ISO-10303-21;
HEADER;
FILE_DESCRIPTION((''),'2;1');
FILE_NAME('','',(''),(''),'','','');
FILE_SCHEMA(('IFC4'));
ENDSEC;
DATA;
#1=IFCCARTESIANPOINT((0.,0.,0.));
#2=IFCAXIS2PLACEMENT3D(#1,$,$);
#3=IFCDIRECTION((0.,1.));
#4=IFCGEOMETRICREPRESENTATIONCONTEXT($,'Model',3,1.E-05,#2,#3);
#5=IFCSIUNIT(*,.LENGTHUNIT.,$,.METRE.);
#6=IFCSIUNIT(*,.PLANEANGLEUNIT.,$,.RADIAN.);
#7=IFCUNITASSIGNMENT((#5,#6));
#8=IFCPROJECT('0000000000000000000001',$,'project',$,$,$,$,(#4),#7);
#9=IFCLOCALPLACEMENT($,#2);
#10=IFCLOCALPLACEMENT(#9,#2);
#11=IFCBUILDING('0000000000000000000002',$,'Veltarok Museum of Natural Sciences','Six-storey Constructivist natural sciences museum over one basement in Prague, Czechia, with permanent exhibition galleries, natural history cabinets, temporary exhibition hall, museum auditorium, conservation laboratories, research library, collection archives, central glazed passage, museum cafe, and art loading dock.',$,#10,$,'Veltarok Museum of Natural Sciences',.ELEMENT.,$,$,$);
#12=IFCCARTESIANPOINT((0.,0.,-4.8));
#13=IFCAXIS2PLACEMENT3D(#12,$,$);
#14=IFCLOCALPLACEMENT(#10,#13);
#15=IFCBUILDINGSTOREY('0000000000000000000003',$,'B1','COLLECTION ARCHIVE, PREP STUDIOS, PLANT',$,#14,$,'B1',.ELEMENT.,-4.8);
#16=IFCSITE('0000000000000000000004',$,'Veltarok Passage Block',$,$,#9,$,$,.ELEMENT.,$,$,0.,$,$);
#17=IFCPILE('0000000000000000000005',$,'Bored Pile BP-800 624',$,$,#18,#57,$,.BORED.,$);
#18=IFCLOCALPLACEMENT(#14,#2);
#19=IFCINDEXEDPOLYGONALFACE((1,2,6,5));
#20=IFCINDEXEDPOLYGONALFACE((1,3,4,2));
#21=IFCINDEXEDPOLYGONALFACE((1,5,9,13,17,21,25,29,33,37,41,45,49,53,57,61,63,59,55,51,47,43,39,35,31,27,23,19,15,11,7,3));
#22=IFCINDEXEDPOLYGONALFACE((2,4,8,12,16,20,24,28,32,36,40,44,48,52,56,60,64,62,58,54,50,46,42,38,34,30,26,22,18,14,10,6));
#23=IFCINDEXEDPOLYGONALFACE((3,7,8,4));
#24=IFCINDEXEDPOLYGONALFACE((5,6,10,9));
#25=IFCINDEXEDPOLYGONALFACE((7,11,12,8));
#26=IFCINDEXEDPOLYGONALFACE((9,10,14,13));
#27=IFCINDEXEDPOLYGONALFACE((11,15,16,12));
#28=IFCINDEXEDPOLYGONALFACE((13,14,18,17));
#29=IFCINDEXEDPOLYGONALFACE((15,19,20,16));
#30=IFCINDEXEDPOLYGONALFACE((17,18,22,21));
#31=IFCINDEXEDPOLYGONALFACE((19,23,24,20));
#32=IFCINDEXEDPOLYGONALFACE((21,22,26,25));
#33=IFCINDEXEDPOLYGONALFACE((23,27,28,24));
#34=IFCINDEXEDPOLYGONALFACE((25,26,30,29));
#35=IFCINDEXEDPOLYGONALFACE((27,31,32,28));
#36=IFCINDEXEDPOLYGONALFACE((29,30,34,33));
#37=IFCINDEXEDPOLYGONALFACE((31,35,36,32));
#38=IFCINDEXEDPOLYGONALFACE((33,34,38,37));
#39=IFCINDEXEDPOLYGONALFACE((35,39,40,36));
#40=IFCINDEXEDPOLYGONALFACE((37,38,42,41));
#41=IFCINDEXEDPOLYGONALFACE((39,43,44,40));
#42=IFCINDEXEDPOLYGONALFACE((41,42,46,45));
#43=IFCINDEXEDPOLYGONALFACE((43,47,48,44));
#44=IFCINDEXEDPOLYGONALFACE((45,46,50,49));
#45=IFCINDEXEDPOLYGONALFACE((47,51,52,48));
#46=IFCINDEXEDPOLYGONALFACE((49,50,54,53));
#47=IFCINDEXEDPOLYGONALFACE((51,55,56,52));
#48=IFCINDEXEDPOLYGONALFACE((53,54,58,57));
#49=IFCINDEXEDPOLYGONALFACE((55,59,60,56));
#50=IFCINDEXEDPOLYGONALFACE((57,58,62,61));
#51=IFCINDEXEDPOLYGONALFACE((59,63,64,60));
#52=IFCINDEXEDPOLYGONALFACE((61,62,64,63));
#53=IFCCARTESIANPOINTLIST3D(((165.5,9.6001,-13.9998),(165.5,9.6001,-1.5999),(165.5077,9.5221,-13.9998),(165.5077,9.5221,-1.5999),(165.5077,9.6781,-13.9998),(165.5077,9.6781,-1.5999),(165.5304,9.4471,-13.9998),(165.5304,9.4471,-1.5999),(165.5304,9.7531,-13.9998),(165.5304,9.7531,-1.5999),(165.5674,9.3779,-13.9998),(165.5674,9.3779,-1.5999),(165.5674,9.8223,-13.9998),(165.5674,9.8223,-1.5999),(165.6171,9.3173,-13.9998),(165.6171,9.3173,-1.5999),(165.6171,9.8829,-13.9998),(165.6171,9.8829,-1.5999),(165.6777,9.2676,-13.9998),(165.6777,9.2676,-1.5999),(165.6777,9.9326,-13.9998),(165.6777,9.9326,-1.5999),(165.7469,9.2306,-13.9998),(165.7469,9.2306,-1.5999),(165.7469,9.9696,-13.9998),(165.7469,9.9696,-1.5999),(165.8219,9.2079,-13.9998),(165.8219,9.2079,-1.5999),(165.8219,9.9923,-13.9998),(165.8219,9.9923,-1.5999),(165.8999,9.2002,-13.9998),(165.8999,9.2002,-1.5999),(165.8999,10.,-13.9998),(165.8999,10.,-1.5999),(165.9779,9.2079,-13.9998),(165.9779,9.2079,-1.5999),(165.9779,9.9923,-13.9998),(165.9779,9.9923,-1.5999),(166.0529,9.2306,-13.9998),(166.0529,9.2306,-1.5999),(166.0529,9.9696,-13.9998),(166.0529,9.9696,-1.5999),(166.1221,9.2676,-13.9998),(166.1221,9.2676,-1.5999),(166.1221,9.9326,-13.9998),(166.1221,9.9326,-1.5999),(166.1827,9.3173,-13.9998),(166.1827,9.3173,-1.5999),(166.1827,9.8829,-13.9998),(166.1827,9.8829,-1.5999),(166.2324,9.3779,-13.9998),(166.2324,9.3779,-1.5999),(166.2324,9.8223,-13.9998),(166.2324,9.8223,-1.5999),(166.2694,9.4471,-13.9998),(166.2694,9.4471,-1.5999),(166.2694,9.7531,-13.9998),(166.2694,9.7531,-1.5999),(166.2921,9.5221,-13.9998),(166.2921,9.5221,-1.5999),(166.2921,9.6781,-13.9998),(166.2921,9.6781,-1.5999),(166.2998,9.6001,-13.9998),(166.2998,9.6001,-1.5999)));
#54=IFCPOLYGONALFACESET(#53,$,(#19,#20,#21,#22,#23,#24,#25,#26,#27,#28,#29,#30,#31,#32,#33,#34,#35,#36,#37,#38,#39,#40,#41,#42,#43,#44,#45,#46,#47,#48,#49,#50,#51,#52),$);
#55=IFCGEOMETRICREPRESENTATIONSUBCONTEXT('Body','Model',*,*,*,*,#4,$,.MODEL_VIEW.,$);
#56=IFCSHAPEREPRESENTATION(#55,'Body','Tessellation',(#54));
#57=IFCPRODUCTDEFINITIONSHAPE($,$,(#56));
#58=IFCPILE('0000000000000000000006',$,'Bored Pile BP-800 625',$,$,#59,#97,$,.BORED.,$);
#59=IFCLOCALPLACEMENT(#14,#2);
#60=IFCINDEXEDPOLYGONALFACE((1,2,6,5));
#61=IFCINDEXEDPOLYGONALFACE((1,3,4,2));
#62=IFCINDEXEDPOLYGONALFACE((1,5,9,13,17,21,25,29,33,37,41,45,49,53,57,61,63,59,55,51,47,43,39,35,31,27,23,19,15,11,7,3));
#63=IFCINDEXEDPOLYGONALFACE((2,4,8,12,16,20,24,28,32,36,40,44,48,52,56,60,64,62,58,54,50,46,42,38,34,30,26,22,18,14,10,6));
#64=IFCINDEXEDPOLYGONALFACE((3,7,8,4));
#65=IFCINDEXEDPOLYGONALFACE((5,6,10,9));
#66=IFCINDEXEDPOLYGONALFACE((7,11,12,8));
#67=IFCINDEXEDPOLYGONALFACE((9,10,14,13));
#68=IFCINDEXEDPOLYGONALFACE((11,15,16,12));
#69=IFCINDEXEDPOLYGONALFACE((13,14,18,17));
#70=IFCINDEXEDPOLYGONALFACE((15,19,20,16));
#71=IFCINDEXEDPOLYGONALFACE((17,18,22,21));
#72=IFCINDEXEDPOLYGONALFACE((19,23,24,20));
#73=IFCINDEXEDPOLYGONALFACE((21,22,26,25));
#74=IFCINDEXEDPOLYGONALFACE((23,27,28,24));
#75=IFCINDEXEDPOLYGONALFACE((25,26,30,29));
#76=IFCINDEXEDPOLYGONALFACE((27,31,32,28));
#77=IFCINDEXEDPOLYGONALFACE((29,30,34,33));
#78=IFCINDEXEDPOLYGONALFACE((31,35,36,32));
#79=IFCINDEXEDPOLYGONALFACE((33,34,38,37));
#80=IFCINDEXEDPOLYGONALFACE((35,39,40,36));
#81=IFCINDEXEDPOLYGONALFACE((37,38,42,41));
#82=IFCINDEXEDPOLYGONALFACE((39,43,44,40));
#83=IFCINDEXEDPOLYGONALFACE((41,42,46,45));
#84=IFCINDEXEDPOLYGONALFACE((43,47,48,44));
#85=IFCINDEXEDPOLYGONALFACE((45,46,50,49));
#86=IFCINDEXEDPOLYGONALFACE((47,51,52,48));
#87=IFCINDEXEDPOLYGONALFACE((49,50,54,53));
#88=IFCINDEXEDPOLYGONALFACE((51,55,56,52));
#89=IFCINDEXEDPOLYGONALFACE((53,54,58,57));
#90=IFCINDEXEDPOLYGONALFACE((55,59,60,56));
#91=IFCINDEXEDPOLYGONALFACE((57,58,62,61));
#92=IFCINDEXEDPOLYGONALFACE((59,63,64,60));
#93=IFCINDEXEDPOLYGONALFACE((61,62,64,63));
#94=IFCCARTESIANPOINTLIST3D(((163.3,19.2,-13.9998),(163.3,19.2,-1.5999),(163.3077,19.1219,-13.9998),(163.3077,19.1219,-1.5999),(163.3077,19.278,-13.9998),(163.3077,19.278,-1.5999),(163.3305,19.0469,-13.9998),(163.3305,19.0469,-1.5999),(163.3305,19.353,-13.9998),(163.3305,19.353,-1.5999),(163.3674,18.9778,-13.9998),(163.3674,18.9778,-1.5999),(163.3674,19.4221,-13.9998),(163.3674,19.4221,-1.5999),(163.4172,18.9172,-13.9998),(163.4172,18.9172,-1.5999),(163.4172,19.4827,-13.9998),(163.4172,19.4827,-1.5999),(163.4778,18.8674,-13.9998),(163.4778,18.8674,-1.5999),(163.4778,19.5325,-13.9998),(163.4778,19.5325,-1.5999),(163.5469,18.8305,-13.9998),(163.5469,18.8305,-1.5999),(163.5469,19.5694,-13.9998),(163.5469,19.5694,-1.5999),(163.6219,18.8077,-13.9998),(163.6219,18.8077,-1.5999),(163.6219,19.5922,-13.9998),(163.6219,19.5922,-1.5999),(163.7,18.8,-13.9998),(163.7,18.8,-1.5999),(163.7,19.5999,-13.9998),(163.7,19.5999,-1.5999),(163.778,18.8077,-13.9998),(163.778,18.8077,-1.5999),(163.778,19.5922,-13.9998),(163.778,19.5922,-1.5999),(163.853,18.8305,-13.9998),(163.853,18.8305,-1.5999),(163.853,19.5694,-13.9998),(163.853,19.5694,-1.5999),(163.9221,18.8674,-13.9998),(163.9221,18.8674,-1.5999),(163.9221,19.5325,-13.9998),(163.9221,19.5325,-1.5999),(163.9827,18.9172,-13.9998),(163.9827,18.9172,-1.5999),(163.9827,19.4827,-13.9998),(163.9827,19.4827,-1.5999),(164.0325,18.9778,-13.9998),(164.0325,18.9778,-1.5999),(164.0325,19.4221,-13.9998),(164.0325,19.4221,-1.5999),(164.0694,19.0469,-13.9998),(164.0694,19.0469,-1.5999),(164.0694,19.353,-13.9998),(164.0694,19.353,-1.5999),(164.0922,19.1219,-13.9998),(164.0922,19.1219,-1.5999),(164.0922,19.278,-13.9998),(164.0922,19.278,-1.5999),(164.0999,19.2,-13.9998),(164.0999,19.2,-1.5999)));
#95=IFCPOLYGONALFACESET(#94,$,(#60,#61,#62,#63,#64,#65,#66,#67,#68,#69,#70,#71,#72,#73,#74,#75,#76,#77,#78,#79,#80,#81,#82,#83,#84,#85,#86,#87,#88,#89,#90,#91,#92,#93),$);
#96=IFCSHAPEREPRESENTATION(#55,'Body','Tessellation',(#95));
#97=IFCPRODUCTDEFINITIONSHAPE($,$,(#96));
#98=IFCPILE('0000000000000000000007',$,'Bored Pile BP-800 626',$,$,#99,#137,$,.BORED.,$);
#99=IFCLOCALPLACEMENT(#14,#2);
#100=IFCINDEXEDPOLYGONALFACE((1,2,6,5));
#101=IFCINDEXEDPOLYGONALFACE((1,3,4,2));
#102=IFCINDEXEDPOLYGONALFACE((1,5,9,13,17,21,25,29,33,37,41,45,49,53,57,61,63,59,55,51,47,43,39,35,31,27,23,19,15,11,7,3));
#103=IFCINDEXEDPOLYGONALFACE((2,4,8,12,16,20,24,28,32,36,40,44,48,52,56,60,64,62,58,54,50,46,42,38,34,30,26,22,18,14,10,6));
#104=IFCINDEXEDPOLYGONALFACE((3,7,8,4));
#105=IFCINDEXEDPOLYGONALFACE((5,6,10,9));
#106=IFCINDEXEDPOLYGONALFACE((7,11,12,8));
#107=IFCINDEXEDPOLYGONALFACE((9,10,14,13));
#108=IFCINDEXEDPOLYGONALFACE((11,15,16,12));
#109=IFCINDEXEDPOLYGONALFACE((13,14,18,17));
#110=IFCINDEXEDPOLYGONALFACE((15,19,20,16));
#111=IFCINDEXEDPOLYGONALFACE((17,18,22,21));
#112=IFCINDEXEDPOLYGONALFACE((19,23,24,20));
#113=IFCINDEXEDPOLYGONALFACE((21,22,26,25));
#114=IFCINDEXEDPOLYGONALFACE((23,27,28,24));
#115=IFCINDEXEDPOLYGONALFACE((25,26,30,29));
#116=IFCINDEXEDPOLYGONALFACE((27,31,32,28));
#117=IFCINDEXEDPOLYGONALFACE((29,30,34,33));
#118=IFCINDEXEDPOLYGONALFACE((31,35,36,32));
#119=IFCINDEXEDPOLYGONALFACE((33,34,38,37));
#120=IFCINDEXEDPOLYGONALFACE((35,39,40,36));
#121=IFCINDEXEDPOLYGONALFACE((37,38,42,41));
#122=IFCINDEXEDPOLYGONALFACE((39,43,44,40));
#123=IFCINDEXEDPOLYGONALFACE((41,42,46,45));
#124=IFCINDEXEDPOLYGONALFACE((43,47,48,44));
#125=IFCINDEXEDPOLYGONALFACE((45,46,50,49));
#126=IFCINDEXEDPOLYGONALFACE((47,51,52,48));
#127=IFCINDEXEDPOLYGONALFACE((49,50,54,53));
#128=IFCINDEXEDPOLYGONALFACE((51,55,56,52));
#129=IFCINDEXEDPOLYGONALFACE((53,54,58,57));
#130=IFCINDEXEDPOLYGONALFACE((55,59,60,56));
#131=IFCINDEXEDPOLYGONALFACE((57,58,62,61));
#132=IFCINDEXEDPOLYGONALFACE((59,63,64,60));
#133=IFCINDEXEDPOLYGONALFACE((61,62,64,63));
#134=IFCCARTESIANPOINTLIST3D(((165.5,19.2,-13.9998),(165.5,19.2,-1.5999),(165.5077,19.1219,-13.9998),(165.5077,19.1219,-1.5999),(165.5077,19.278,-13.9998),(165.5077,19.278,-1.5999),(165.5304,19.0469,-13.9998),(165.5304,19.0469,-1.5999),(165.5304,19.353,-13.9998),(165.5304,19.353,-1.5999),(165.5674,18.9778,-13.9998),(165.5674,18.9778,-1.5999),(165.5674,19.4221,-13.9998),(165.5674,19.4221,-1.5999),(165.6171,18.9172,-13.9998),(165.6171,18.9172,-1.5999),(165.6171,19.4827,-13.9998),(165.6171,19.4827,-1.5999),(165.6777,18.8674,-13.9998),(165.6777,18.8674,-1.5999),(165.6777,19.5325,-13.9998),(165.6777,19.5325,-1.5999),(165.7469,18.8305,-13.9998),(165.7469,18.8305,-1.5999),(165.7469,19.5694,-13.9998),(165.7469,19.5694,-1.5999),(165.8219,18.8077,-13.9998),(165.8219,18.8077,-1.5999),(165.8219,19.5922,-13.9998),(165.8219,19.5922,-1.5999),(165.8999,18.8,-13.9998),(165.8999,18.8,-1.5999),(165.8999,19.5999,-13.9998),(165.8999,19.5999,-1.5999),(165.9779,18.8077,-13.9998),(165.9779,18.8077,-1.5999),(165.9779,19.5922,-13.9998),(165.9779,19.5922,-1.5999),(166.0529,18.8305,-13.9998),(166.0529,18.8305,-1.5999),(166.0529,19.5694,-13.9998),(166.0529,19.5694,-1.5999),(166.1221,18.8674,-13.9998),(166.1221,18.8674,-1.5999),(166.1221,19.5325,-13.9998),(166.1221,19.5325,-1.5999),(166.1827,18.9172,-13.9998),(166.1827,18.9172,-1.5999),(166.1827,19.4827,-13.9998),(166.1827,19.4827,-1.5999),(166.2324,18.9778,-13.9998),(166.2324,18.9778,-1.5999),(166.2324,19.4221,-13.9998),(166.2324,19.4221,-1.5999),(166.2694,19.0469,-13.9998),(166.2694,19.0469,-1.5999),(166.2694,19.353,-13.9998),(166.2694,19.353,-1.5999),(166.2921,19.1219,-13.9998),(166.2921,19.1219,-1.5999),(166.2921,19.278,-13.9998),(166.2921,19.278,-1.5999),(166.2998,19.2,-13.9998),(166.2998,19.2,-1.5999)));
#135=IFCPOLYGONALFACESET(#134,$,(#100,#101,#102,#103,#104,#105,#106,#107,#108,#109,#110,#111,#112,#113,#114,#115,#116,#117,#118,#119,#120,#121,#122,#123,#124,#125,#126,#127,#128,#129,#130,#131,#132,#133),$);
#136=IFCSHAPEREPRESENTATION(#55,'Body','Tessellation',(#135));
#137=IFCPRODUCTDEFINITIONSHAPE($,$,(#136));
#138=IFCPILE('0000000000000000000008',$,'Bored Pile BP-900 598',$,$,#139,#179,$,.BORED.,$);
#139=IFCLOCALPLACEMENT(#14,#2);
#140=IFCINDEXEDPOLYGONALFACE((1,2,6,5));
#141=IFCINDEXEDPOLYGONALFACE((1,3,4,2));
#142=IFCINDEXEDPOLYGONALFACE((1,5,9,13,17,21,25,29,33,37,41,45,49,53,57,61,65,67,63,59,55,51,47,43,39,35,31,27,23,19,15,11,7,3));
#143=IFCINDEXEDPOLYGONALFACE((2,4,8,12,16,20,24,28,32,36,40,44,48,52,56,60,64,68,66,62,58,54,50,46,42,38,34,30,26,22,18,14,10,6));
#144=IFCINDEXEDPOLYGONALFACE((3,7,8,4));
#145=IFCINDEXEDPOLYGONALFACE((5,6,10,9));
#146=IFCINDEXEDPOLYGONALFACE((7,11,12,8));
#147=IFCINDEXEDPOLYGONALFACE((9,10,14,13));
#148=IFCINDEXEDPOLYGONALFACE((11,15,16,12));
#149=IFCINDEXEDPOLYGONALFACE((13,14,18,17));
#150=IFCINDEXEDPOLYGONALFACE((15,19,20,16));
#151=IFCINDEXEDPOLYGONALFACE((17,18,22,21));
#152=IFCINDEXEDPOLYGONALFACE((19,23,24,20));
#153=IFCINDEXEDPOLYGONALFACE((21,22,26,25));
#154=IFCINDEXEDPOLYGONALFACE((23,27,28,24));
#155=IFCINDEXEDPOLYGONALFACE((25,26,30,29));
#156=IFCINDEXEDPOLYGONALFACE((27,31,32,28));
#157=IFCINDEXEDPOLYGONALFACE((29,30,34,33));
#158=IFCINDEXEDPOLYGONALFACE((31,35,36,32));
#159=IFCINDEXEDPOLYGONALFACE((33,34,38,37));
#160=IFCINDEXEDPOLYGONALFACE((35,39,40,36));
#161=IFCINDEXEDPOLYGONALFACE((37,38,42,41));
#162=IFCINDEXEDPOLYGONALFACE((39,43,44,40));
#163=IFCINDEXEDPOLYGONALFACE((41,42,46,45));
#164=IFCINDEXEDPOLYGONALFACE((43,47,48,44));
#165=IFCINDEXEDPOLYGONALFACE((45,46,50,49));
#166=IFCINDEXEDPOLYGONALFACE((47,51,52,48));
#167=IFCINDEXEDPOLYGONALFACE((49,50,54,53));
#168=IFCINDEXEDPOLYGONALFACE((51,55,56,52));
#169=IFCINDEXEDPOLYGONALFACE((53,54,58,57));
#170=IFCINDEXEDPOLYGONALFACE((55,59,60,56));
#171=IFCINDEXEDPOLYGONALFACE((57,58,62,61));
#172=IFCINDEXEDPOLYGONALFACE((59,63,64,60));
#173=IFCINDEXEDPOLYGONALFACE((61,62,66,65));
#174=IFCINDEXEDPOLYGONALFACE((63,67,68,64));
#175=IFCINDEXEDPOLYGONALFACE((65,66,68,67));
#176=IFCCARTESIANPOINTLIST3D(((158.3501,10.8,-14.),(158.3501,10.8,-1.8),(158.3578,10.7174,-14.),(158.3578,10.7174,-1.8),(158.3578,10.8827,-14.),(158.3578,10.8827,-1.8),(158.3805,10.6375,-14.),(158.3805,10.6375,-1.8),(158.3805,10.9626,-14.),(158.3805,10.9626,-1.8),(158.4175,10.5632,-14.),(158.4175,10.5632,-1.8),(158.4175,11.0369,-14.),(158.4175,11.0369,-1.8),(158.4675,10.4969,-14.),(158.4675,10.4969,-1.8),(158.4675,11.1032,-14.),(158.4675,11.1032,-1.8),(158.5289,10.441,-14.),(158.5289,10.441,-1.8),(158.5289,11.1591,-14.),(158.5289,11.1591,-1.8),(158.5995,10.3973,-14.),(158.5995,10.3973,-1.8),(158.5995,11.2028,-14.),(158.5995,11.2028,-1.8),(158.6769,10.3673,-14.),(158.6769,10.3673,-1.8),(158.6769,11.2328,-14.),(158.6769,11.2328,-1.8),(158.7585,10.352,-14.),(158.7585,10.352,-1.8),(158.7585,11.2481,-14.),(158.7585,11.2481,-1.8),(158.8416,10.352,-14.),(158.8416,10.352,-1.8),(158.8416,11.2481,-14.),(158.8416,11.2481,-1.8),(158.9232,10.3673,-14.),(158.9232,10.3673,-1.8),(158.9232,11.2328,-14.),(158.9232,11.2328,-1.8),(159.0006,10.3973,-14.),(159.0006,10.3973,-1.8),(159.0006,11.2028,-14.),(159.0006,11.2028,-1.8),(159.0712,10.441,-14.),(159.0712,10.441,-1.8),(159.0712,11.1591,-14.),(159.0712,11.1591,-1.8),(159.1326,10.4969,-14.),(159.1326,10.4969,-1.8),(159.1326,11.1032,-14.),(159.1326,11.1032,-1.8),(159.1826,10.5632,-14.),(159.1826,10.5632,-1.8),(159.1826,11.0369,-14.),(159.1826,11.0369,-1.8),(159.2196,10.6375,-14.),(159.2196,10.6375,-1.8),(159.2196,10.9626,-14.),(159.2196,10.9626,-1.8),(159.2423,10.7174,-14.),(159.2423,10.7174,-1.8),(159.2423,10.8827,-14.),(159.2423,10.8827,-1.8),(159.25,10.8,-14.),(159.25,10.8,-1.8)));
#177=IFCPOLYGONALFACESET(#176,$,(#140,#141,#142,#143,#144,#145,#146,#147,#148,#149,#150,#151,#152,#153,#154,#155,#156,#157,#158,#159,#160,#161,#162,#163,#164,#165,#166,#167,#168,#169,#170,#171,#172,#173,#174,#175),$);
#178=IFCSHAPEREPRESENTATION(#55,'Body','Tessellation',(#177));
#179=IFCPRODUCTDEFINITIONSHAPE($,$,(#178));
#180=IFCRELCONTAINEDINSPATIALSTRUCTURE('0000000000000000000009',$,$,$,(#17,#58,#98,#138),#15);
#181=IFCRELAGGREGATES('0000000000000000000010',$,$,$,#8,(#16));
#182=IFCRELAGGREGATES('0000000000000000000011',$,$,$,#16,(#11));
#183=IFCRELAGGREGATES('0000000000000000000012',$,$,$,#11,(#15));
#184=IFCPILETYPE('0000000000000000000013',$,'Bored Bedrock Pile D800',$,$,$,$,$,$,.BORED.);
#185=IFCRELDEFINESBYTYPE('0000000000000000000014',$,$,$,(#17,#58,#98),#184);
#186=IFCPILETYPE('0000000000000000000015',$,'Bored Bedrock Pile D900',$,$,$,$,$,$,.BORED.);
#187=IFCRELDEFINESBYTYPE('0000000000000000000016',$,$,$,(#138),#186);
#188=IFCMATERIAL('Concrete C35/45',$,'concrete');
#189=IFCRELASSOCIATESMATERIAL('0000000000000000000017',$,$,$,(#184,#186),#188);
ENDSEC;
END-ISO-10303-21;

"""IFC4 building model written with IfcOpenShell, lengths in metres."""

from ifc_helpers import new_model, si_unit, direction, frame, origin, origin_2d, place, context, subcontext, project, spatial, circle, extrude, material, material_profile, profile_set, type_object, element, save


model = new_model("IFC4")

# Units and contexts
model_context = context("Model", 3, precision=1e-05, world=origin(), true_north=direction((0.0, 1.0)))
body_context = subcontext(model_context, "Body", "Model", "MODEL_VIEW")
ifc_project = project(units=[si_unit("LENGTHUNIT", "METRE"), si_unit("PLANEANGLEUNIT", "RADIAN")], contexts=[model_context])

# Site, building, storey
site_placement = place(None, origin())
site = spatial("IfcSite", under=ifc_project, at=site_placement, Name="Veltarok Passage Block", CompositionType="ELEMENT", RefElevation=0.0)
building_placement = place(site_placement, origin())
building = spatial("IfcBuilding", under=site, at=building_placement, Name="Veltarok Museum of Natural Sciences", Description="Six-storey Constructivist natural sciences museum over one basement in Prague, Czechia, with permanent exhibition galleries, natural history cabinets, temporary exhibition hall, museum auditorium, conservation laboratories, research library, collection archives, central glazed passage, museum cafe, and art loading dock.", LongName="Veltarok Museum of Natural Sciences", CompositionType="ELEMENT")
storey_placement = place(building_placement, frame((0.0, 0.0, -4.8)))
storey = spatial("IfcBuildingStorey", under=building, at=storey_placement, Name="B1", Description="COLLECTION ARCHIVE, PREP STUDIOS, PLANT", LongName="B1", CompositionType="ELEMENT", Elevation=-4.8)

# Piles
ifc_material_1 = material(Name="Concrete C35/45", Category="concrete")
ifc_material_profile_1 = material_profile(ifc_material_1, circle(Radius=0.3999, at=origin_2d()), Name="BP D800")
ifc_profile_set_1 = profile_set([ifc_material_profile_1], Name="Concrete C35/45")
pile_type_1 = type_object("IfcPileType", Name="Bored Bedrock Pile D800", PredefinedType="BORED", material=ifc_profile_set_1)
for number, where, z_axis, x_axis, name in (
    (1, (165.8999, 9.6001, -1.5999), (0.0, 0.0, -1.0), (1.0, 0.0, 0.0), "Bored Pile BP-800 624"),
    (2, (163.7, 19.2, -1.5999), (0.0, 0.0, -1.0), (1.0, 0.0, 0.0), "Bored Pile BP-800 625"),
    (3, (165.8999, 19.2, -1.5999), (0.0, 0.0, -1.0), (1.0, 0.0, 0.0), "Bored Pile BP-800 626"),
):
    element("IfcPile", number, at=place(storey_placement, frame(where, z_axis=z_axis, x_axis=x_axis)), inside=storey, type_object=pile_type_1, Name=name, PredefinedType="BORED", context=body_context, shape_type="SweptSolid", body=[
        extrude(circle(Radius=0.3999, at=origin_2d()), origin(), (0.0, 0.0, 1.0), 12.3999),
    ])
ifc_material_profile_2 = material_profile(ifc_material_1, circle(Radius=0.45, at=origin_2d()), Name="BP D900")
ifc_profile_set_2 = profile_set([ifc_material_profile_2], Name="Concrete C35/45")
pile_type_2 = type_object("IfcPileType", Name="Bored Bedrock Pile D900", PredefinedType="BORED", material=ifc_profile_set_2)
for number, where, z_axis, x_axis, name in (
    (4, (158.8, 10.8, -1.8), (0.0, 0.0, -1.0), (1.0, 0.0, 0.0), "Bored Pile BP-900 598"),
):
    element("IfcPile", number, at=place(storey_placement, frame(where, z_axis=z_axis, x_axis=x_axis)), inside=storey, type_object=pile_type_2, Name=name, PredefinedType="BORED", context=body_context, shape_type="SweptSolid", body=[
        extrude(circle(Radius=0.45, at=origin_2d()), origin(), (0.0, 0.0, 1.0), 12.2),
    ])

save(model, "model.ifc")
